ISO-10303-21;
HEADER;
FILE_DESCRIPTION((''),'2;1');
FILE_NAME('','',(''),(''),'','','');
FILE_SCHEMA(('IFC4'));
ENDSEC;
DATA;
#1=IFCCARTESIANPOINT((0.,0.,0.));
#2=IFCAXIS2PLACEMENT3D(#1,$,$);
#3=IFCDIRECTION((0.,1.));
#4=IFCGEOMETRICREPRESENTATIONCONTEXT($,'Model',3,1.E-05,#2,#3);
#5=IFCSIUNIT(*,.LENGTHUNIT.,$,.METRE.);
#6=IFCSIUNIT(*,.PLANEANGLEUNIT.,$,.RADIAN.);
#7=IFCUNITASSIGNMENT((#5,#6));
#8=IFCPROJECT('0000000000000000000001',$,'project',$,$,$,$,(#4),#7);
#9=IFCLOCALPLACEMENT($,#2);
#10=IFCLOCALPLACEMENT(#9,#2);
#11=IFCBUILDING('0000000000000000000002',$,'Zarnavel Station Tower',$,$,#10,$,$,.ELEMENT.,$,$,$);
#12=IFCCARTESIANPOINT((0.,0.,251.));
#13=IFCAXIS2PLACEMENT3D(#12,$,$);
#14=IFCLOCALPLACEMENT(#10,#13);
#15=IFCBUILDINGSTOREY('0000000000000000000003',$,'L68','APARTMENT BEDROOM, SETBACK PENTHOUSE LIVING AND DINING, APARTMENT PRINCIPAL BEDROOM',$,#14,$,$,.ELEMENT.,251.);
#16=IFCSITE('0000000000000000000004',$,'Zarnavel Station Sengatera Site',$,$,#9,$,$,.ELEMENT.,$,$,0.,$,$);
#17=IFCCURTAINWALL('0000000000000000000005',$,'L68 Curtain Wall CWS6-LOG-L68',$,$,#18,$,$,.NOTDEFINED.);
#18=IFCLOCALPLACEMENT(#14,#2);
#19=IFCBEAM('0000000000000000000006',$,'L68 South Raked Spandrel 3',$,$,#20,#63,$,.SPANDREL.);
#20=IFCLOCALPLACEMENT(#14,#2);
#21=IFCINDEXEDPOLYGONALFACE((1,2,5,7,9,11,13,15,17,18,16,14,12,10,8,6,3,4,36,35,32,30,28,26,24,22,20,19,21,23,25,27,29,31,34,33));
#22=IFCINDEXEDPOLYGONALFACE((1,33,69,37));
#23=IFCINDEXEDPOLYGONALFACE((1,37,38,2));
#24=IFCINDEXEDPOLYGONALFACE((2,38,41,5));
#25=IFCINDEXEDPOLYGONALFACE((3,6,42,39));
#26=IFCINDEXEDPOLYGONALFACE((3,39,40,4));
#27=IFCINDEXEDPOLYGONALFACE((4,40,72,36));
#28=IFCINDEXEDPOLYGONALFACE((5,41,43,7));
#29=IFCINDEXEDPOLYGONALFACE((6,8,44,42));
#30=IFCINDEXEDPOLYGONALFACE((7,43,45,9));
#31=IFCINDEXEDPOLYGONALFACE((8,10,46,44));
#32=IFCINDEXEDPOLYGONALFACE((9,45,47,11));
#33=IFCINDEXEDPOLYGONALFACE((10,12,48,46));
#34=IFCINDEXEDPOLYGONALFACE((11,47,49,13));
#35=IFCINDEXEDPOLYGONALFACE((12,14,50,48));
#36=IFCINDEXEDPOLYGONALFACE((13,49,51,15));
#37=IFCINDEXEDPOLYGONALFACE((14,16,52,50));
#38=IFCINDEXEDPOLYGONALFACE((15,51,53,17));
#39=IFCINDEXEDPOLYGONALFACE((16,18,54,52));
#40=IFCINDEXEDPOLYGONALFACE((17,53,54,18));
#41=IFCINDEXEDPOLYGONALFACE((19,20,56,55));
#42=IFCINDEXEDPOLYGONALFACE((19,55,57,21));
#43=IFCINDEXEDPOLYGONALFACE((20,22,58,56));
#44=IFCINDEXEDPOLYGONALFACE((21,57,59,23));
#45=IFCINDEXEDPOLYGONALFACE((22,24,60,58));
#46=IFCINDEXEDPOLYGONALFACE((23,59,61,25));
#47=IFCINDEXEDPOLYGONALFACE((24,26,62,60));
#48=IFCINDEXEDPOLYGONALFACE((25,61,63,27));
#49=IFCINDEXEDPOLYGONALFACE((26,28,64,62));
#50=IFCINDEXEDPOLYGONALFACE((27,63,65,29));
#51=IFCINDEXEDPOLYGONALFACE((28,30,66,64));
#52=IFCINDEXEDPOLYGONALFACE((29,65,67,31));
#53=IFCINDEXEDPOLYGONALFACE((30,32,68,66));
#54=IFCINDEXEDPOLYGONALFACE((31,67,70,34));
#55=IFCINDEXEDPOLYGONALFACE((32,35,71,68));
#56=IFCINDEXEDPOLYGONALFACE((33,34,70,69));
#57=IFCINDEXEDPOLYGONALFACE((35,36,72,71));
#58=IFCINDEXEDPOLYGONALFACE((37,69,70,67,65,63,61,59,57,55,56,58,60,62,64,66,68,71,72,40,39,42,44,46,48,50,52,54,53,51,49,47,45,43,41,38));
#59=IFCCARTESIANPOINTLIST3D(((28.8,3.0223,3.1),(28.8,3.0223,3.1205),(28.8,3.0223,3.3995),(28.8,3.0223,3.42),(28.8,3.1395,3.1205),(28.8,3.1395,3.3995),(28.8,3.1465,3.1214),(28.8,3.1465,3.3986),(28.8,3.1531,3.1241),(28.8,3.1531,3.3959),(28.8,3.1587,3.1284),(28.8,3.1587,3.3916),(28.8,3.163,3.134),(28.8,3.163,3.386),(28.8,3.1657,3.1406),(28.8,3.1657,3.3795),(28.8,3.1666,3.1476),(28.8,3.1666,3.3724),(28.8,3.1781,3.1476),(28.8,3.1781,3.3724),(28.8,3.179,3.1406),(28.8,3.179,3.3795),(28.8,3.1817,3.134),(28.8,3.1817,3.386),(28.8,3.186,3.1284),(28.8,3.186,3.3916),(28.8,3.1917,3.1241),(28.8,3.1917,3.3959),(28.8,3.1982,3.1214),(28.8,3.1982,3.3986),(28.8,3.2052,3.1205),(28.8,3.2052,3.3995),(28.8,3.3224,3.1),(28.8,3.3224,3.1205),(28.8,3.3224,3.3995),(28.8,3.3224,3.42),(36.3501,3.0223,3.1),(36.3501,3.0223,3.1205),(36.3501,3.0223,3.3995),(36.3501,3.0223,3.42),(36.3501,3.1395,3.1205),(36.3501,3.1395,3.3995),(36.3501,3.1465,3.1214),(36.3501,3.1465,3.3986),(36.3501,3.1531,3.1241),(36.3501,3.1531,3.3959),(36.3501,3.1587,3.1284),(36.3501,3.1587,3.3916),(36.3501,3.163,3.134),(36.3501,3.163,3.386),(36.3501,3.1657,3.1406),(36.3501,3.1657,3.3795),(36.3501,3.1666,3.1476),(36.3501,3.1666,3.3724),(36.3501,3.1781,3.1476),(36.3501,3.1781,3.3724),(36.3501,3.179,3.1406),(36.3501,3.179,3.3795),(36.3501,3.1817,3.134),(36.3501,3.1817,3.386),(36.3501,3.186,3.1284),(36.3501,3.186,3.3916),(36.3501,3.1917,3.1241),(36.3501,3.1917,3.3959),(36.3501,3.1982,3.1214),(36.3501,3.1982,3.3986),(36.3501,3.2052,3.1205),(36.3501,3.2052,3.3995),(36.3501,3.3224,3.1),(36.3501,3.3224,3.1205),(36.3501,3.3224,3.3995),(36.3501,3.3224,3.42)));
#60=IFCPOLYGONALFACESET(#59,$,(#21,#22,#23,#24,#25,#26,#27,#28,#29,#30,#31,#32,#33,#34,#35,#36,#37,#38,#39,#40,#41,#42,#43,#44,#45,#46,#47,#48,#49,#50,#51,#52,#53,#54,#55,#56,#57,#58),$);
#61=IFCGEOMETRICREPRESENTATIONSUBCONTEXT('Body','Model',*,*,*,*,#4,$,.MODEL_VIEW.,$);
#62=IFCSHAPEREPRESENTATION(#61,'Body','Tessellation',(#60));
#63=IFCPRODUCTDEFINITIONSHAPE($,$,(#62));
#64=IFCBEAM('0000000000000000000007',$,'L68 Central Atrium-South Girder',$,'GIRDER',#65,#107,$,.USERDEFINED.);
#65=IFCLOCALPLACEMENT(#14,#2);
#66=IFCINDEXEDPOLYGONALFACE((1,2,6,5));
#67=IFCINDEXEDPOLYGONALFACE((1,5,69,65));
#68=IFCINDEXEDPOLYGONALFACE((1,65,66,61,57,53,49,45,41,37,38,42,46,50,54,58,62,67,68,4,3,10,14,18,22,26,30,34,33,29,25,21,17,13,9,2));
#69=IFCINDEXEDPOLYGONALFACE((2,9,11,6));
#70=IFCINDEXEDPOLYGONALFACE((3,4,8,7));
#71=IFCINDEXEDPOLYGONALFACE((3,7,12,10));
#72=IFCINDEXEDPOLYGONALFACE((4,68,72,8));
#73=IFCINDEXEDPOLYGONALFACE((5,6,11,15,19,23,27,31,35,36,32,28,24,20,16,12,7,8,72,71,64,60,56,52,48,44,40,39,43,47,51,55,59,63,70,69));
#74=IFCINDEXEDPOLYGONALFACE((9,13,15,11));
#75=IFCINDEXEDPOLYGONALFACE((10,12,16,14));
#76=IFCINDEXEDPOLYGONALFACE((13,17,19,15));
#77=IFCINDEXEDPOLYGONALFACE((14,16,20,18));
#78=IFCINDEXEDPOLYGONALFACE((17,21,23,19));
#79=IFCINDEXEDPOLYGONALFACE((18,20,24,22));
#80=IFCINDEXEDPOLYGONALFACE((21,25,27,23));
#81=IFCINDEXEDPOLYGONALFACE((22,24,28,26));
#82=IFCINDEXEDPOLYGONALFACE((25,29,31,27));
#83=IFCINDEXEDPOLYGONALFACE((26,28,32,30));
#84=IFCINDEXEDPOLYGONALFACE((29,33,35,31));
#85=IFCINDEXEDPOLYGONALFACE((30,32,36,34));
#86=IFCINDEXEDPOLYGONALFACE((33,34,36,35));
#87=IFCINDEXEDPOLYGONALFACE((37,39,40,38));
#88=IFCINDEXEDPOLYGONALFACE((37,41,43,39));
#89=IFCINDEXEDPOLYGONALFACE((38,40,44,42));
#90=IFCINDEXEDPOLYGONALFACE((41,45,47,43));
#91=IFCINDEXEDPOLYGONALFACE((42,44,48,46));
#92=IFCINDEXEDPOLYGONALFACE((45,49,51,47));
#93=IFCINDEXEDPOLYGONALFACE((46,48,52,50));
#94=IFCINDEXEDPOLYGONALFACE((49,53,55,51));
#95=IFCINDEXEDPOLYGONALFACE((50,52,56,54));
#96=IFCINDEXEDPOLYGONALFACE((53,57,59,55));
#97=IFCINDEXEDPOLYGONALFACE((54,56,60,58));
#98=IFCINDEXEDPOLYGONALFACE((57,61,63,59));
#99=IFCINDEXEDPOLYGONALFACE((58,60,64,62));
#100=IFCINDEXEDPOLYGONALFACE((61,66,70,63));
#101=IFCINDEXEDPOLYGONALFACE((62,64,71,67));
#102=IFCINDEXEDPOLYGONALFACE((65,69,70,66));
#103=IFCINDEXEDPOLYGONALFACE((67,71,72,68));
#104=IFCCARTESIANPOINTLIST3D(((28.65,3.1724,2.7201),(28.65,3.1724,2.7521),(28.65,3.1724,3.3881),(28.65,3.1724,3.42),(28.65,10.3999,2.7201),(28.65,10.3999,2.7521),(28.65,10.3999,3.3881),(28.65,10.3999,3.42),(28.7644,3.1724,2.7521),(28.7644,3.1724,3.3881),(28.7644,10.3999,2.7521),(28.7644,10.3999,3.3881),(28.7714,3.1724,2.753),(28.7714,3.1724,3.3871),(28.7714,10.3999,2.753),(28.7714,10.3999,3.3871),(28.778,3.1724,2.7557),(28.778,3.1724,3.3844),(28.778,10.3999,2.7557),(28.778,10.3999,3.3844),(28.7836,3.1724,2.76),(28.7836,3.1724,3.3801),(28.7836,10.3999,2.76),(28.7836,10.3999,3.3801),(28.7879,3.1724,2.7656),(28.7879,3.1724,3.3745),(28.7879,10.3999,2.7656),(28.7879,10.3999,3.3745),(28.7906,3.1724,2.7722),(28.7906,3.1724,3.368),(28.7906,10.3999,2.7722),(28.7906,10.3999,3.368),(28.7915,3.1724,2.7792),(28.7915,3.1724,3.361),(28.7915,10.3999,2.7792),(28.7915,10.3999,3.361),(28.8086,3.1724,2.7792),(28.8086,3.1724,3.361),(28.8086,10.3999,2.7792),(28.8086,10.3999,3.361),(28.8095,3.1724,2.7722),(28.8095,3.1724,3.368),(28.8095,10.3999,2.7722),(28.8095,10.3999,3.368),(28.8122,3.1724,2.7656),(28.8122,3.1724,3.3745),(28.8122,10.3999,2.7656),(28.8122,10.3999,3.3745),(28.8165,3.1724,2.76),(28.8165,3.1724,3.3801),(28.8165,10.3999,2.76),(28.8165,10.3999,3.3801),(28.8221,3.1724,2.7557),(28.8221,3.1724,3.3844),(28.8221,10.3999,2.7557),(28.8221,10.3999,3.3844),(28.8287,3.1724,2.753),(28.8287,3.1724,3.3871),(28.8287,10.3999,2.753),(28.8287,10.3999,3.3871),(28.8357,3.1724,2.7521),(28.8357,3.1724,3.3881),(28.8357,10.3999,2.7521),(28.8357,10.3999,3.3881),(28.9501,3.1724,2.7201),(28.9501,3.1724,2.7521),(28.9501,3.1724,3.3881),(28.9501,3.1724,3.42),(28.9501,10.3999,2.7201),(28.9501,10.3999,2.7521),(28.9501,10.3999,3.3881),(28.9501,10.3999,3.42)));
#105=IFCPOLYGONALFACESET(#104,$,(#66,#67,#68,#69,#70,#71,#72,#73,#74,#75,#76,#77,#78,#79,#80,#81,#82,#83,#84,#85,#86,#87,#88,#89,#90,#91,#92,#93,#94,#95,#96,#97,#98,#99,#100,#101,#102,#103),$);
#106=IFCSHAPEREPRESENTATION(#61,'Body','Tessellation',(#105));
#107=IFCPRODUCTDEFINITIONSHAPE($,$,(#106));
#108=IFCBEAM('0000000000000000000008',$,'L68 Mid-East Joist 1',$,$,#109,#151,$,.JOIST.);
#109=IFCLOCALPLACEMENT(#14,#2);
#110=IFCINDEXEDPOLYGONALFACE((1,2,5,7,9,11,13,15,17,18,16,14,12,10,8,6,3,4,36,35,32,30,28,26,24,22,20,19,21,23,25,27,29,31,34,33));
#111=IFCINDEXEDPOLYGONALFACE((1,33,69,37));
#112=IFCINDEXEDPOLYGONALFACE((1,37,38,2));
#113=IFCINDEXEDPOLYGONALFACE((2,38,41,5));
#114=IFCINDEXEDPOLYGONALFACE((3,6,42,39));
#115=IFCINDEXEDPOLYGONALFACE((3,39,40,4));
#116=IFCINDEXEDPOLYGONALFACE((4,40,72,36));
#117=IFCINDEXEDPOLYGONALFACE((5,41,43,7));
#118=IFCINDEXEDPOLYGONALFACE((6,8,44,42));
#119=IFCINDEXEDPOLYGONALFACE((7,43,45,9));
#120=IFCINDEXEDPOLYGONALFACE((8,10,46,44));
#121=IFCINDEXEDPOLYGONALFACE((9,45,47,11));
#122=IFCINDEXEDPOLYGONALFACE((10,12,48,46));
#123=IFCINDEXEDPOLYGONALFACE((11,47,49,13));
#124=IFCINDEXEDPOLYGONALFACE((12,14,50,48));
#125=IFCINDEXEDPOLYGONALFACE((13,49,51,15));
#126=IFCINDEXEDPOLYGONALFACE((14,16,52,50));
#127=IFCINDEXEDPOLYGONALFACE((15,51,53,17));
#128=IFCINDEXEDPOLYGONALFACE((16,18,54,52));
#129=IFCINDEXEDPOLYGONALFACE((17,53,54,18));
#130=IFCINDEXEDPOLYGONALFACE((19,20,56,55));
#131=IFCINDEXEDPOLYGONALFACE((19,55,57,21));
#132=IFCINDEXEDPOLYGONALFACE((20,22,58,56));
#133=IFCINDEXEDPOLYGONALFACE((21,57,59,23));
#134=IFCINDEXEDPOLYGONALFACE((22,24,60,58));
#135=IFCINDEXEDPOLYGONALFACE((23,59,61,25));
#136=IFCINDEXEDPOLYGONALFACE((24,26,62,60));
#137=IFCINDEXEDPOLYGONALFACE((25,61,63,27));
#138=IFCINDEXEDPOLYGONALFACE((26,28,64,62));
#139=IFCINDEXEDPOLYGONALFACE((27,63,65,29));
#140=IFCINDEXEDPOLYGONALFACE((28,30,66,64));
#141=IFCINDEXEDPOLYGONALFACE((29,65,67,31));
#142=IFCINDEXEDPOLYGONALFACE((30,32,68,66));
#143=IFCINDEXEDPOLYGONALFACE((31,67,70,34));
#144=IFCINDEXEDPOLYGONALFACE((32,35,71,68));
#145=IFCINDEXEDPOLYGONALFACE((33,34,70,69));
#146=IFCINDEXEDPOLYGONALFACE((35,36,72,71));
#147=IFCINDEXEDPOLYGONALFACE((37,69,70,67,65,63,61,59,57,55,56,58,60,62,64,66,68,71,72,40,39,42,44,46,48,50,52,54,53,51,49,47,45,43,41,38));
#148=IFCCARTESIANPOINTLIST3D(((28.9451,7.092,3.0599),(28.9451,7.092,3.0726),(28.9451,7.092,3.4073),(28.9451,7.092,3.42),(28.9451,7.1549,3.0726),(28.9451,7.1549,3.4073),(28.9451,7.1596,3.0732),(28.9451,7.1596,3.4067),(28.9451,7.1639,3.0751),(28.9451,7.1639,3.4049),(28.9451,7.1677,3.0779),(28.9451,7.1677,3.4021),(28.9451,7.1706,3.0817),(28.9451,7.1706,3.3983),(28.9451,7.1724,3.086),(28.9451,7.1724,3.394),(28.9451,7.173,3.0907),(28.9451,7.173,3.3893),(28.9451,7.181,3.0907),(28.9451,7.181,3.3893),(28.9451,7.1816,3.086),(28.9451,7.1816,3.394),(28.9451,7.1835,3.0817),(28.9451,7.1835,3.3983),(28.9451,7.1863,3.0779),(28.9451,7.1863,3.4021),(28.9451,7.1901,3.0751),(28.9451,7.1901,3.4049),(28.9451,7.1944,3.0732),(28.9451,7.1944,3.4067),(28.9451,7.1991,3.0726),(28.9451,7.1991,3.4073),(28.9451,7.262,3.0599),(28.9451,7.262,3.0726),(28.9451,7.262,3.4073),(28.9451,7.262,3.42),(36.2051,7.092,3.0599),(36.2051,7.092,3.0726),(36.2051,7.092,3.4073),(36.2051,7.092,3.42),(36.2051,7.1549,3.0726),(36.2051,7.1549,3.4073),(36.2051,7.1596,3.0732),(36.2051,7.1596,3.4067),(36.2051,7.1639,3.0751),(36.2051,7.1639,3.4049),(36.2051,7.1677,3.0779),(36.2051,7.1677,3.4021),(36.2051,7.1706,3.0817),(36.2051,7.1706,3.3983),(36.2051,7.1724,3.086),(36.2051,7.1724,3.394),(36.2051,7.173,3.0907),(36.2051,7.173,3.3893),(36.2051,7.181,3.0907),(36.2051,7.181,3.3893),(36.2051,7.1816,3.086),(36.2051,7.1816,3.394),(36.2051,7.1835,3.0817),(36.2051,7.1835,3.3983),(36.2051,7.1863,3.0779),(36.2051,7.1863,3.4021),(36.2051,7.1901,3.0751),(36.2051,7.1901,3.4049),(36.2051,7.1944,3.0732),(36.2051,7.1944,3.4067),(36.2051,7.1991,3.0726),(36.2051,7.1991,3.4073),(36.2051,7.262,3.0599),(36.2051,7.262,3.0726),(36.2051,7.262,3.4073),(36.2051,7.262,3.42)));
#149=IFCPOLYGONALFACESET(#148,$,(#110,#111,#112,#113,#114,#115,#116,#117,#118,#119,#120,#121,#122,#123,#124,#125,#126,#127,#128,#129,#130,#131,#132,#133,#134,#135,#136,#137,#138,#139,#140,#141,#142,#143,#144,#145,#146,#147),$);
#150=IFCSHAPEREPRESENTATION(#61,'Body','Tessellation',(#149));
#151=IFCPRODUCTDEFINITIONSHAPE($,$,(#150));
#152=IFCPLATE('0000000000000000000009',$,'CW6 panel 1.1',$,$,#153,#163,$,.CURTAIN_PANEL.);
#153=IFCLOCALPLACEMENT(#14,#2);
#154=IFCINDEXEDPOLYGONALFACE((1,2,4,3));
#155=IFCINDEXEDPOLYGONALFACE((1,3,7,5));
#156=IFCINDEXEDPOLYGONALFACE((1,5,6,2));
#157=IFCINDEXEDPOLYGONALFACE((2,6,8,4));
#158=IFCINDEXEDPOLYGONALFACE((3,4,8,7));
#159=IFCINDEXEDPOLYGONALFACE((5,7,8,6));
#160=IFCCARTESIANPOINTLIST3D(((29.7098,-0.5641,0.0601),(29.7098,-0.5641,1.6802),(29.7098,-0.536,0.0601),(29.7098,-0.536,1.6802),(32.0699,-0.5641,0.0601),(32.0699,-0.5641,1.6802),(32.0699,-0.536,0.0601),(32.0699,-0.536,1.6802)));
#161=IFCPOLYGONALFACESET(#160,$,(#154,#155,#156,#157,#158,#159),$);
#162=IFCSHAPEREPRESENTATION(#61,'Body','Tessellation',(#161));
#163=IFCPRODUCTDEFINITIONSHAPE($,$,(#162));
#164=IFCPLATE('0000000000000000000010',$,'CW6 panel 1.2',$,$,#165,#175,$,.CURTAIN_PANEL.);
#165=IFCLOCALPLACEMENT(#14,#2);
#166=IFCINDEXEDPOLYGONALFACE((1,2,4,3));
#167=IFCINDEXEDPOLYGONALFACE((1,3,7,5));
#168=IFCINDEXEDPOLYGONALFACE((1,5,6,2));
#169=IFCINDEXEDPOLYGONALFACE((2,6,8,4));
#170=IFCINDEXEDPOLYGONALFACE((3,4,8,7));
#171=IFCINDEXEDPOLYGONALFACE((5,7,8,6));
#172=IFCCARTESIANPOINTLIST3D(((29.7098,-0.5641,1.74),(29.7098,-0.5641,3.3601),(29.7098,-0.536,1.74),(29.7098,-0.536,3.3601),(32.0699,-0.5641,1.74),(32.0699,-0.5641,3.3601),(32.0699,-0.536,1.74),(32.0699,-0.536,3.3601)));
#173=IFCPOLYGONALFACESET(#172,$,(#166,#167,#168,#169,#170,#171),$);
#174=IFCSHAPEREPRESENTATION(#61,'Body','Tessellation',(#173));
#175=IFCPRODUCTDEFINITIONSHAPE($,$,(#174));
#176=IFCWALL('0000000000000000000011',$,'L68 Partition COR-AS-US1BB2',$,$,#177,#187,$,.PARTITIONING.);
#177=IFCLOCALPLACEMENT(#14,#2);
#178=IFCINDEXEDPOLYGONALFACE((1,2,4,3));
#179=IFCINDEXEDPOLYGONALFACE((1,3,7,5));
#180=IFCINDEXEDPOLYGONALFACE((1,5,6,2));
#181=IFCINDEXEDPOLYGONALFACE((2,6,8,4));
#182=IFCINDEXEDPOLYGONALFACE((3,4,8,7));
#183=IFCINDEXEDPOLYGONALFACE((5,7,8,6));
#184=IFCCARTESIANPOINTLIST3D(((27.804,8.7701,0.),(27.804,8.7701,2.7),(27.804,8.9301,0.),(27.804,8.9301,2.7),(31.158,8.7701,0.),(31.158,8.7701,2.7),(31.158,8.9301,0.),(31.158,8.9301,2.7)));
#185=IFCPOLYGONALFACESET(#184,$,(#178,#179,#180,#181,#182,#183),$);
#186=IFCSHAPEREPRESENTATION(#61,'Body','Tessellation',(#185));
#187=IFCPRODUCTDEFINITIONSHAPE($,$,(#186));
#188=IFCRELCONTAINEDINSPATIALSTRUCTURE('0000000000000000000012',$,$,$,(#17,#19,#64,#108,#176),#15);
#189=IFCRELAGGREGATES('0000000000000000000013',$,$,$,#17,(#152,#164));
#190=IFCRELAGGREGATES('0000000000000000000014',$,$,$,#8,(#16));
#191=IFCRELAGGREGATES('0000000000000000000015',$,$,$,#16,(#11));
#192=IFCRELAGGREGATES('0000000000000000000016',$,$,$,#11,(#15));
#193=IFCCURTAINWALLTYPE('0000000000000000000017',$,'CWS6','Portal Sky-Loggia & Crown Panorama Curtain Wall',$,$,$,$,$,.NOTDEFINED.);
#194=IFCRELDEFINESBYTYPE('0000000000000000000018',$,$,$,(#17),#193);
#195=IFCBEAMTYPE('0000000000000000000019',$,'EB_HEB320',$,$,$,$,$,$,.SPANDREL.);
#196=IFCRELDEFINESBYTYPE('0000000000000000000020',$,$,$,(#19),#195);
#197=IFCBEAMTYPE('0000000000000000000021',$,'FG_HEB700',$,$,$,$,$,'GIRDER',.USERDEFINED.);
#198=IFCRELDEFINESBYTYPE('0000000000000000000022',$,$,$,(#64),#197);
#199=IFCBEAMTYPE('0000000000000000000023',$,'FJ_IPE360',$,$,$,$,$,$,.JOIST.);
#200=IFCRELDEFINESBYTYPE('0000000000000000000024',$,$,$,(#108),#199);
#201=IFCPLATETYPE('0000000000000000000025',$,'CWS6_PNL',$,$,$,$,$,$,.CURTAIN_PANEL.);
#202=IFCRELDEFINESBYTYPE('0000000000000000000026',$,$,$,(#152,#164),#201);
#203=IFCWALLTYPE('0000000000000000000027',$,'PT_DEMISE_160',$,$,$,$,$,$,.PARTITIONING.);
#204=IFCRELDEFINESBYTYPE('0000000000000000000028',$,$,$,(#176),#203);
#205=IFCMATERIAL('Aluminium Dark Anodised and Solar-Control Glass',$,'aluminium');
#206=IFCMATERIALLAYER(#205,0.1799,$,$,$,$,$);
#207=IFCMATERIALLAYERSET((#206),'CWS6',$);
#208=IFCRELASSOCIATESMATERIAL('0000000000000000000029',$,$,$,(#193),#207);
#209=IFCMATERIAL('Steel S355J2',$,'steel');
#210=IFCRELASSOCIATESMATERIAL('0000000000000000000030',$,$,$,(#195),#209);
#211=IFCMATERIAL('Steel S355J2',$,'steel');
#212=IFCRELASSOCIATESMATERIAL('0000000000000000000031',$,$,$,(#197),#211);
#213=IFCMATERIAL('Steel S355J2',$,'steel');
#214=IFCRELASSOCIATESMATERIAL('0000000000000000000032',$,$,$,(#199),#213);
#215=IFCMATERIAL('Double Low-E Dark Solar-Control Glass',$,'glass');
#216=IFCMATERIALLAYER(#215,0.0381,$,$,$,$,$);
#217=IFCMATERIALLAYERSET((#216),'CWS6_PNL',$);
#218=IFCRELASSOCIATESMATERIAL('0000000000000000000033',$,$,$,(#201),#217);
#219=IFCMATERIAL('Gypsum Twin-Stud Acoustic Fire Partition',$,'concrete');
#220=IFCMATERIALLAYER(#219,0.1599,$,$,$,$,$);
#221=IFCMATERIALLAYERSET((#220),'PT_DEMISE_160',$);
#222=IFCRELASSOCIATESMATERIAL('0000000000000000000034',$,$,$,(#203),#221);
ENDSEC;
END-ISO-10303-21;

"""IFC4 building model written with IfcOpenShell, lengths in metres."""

from ifc_helpers import new_model, si_unit, direction, frame, frame_2d, origin, origin_2d, place, context, subcontext, project, spatial, rectangle, i_section, extrude, material, layer, layer_set, material_profile, profile_set, type_object, element, aggregate, save


model = new_model("IFC4")

# Units and contexts
model_context = context("Model", 3, precision=1e-05, world=origin(), true_north=direction((0.0, 1.0)))
body_context = subcontext(model_context, "Body", "Model", "MODEL_VIEW")
ifc_project = project(units=[si_unit("LENGTHUNIT", "METRE"), si_unit("PLANEANGLEUNIT", "RADIAN")], contexts=[model_context])

# Site, building, storey
site_placement = place(None, origin())
site = spatial("IfcSite", under=ifc_project, at=site_placement, Name="Zarnavel Station Sengatera Site", CompositionType="ELEMENT", RefElevation=0.0)
building_placement = place(site_placement, origin())
building = spatial("IfcBuilding", under=site, at=building_placement, Name="Zarnavel Station Tower", CompositionType="ELEMENT")
storey_placement = place(building_placement, frame((0.0, 0.0, 251.0)))
storey = spatial("IfcBuildingStorey", under=building, at=storey_placement, Name="L68", Description="APARTMENT BEDROOM, SETBACK PENTHOUSE LIVING AND DINING, APARTMENT PRINCIPAL BEDROOM", CompositionType="ELEMENT", Elevation=251.0)

# Curtain wall
ifc_material_1 = material(Name="Aluminium Dark Anodised and Solar-Control Glass", Category="aluminium")
ifc_layer_1 = layer(ifc_material_1, 0.1799)
ifc_layer_set_1 = layer_set([ifc_layer_1], Name="CWS6")
curtain_wall_type = type_object("IfcCurtainWallType", Name="CWS6", Description="Portal Sky-Loggia & Crown Panorama Curtain Wall", PredefinedType="NOTDEFINED", material=ifc_layer_set_1)
curtain_wall_placement = place(storey_placement, origin())
curtain_wall = element("IfcCurtainWall", 1, at=curtain_wall_placement, inside=storey, type_object=curtain_wall_type, Name="L68 Curtain Wall CWS6-LOG-L68", PredefinedType="NOTDEFINED")

# Beams
ifc_material_2 = material(Name="Steel S355J2", Category="steel")
ifc_material_profile_1 = material_profile(ifc_material_2, i_section(OverallWidth=0.3, OverallDepth=0.3201, WebThickness=0.0115, FlangeThickness=0.0205, FilletRadius=0.0271, at=origin_2d()), Name="HEB320")
ifc_profile_set_1 = profile_set([ifc_material_profile_1], Name="Steel S355J2")
beam_type_1 = type_object("IfcBeamType", Name="EB_HEB320", PredefinedType="SPANDREL", material=ifc_profile_set_1)
beam_1_placement = place(storey_placement, frame((28.8, 3.1724, 3.26), z_axis=(1.0, 0.0, 0.0), x_axis=(0.0, 1.0, 0.0)))
element("IfcBeam", 2, at=beam_1_placement, inside=storey, type_object=beam_type_1, Name="L68 South Raked Spandrel 3", PredefinedType="SPANDREL", context=body_context, shape_type="SweptSolid", body=[
    extrude(i_section(OverallWidth=0.3, OverallDepth=0.3201, WebThickness=0.0115, FlangeThickness=0.0205, FilletRadius=0.0271, at=origin_2d()), origin(), (0.0, 0.0, 1.0), 7.55),
])
ifc_material_3 = material(Name="Steel S355J2", Category="steel")
ifc_material_profile_2 = material_profile(ifc_material_3, i_section(OverallWidth=0.3, OverallDepth=0.7, WebThickness=0.0171, FlangeThickness=0.032, FilletRadius=0.0271, at=origin_2d()), Name="HEB700")
ifc_profile_set_2 = profile_set([ifc_material_profile_2], Name="Steel S355J2")
beam_type_2 = type_object("IfcBeamType", Name="FG_HEB700", ElementType="GIRDER", PredefinedType="USERDEFINED", material=ifc_profile_set_2)
beam_2_placement = place(storey_placement, frame((28.8, 3.1724, 3.0701), z_axis=(0.0, 1.0, 0.0), x_axis=(-1.0, 0.0, 0.0)))
element("IfcBeam", 3, at=beam_2_placement, inside=storey, type_object=beam_type_2, Name="L68 Central Atrium-South Girder", ObjectType="GIRDER", PredefinedType="USERDEFINED", context=body_context, shape_type="SweptSolid", body=[
    extrude(i_section(OverallWidth=0.3, OverallDepth=0.7, WebThickness=0.0171, FlangeThickness=0.032, FilletRadius=0.0271, at=origin_2d()), origin(), (0.0, 0.0, 1.0), 7.2275),
])
ifc_material_4 = material(Name="Steel S355J2", Category="steel")
ifc_material_profile_3 = material_profile(ifc_material_4, i_section(OverallWidth=0.1699, OverallDepth=0.3601, WebThickness=0.0081, FlangeThickness=0.0127, FilletRadius=0.0181, at=origin_2d()), Name="IPE360")
ifc_profile_set_3 = profile_set([ifc_material_profile_3], Name="Steel S355J2")
beam_type_3 = type_object("IfcBeamType", Name="FJ_IPE360", PredefinedType="JOIST", material=ifc_profile_set_3)
beam_3_placement = place(storey_placement, frame((28.9451, 7.177, 3.24), z_axis=(1.0, 0.0, 0.0), x_axis=(0.0, 1.0, 0.0)))
element("IfcBeam", 4, at=beam_3_placement, inside=storey, type_object=beam_type_3, Name="L68 Mid-East Joist 1", PredefinedType="JOIST", context=body_context, shape_type="SweptSolid", body=[
    extrude(i_section(OverallWidth=0.1699, OverallDepth=0.3601, WebThickness=0.0081, FlangeThickness=0.0127, FilletRadius=0.0181, at=origin_2d()), origin(), (0.0, 0.0, 1.0), 7.26),
])

# Plates
ifc_material_5 = material(Name="Double Low-E Dark Solar-Control Glass", Category="glass")
ifc_layer_2 = layer(ifc_material_5, 0.0381)
ifc_layer_set_2 = layer_set([ifc_layer_2], Name="CWS6_PNL")
plate_type = type_object("IfcPlateType", Name="CWS6_PNL", PredefinedType="CURTAIN_PANEL", material=ifc_layer_set_2)
plate_1_placement = place(storey_placement, frame((30.8899, -0.55, 0.0601), z_axis=(0.0, 0.0, 1.0), x_axis=(1.0, 0.0, 0.0)))
plate_1 = element("IfcPlate", 5, at=plate_1_placement, type_object=plate_type, Name="CW6 panel 1.1", PredefinedType="CURTAIN_PANEL", context=body_context, shape_type="SweptSolid", body=[
    extrude(rectangle(XDim=2.3601, YDim=0.0281, at=origin_2d()), origin(), (0.0, 0.0, 1.0), 1.6201),
])
plate_2_placement = place(storey_placement, frame((30.8899, -0.55, 1.74), z_axis=(0.0, 0.0, 1.0), x_axis=(1.0, 0.0, 0.0)))
plate_2 = element("IfcPlate", 6, at=plate_2_placement, type_object=plate_type, Name="CW6 panel 1.2", PredefinedType="CURTAIN_PANEL", context=body_context, shape_type="SweptSolid", body=[
    extrude(rectangle(XDim=2.3601, YDim=0.0281, at=origin_2d()), origin(), (0.0, 0.0, 1.0), 1.6201),
])
aggregate(curtain_wall, [plate_1, plate_2])

# Shared definitions
ifc_material_6 = material(Name="Gypsum Twin-Stud Acoustic Fire Partition", Category="concrete")
ifc_layer_3 = layer(ifc_material_6, 0.1599)
ifc_layer_set_3 = layer_set([ifc_layer_3], Name="PT_DEMISE_160")
wall_type_1 = type_object("IfcWallType", Name="PT_DEMISE_160", PredefinedType="PARTITIONING", material=ifc_layer_set_3)

# Wall
wall_1_placement = place(storey_placement, frame((27.804, 8.8501, 0.0), z_axis=(0.0, 0.0, 1.0), x_axis=(1.0, 0.0, 0.0)))
element("IfcWall", 7, at=wall_1_placement, inside=storey, type_object=wall_type_1, Name="L68 Partition COR-AS-US1BB2", PredefinedType="PARTITIONING", context=body_context, shape_type="SweptSolid", body=[
    extrude(rectangle(XDim=3.354, YDim=0.1599, at=frame_2d((1.677, 0.0))), origin(), (0.0, 0.0, 1.0), 2.7),
])

save(model, "model.ifc")
